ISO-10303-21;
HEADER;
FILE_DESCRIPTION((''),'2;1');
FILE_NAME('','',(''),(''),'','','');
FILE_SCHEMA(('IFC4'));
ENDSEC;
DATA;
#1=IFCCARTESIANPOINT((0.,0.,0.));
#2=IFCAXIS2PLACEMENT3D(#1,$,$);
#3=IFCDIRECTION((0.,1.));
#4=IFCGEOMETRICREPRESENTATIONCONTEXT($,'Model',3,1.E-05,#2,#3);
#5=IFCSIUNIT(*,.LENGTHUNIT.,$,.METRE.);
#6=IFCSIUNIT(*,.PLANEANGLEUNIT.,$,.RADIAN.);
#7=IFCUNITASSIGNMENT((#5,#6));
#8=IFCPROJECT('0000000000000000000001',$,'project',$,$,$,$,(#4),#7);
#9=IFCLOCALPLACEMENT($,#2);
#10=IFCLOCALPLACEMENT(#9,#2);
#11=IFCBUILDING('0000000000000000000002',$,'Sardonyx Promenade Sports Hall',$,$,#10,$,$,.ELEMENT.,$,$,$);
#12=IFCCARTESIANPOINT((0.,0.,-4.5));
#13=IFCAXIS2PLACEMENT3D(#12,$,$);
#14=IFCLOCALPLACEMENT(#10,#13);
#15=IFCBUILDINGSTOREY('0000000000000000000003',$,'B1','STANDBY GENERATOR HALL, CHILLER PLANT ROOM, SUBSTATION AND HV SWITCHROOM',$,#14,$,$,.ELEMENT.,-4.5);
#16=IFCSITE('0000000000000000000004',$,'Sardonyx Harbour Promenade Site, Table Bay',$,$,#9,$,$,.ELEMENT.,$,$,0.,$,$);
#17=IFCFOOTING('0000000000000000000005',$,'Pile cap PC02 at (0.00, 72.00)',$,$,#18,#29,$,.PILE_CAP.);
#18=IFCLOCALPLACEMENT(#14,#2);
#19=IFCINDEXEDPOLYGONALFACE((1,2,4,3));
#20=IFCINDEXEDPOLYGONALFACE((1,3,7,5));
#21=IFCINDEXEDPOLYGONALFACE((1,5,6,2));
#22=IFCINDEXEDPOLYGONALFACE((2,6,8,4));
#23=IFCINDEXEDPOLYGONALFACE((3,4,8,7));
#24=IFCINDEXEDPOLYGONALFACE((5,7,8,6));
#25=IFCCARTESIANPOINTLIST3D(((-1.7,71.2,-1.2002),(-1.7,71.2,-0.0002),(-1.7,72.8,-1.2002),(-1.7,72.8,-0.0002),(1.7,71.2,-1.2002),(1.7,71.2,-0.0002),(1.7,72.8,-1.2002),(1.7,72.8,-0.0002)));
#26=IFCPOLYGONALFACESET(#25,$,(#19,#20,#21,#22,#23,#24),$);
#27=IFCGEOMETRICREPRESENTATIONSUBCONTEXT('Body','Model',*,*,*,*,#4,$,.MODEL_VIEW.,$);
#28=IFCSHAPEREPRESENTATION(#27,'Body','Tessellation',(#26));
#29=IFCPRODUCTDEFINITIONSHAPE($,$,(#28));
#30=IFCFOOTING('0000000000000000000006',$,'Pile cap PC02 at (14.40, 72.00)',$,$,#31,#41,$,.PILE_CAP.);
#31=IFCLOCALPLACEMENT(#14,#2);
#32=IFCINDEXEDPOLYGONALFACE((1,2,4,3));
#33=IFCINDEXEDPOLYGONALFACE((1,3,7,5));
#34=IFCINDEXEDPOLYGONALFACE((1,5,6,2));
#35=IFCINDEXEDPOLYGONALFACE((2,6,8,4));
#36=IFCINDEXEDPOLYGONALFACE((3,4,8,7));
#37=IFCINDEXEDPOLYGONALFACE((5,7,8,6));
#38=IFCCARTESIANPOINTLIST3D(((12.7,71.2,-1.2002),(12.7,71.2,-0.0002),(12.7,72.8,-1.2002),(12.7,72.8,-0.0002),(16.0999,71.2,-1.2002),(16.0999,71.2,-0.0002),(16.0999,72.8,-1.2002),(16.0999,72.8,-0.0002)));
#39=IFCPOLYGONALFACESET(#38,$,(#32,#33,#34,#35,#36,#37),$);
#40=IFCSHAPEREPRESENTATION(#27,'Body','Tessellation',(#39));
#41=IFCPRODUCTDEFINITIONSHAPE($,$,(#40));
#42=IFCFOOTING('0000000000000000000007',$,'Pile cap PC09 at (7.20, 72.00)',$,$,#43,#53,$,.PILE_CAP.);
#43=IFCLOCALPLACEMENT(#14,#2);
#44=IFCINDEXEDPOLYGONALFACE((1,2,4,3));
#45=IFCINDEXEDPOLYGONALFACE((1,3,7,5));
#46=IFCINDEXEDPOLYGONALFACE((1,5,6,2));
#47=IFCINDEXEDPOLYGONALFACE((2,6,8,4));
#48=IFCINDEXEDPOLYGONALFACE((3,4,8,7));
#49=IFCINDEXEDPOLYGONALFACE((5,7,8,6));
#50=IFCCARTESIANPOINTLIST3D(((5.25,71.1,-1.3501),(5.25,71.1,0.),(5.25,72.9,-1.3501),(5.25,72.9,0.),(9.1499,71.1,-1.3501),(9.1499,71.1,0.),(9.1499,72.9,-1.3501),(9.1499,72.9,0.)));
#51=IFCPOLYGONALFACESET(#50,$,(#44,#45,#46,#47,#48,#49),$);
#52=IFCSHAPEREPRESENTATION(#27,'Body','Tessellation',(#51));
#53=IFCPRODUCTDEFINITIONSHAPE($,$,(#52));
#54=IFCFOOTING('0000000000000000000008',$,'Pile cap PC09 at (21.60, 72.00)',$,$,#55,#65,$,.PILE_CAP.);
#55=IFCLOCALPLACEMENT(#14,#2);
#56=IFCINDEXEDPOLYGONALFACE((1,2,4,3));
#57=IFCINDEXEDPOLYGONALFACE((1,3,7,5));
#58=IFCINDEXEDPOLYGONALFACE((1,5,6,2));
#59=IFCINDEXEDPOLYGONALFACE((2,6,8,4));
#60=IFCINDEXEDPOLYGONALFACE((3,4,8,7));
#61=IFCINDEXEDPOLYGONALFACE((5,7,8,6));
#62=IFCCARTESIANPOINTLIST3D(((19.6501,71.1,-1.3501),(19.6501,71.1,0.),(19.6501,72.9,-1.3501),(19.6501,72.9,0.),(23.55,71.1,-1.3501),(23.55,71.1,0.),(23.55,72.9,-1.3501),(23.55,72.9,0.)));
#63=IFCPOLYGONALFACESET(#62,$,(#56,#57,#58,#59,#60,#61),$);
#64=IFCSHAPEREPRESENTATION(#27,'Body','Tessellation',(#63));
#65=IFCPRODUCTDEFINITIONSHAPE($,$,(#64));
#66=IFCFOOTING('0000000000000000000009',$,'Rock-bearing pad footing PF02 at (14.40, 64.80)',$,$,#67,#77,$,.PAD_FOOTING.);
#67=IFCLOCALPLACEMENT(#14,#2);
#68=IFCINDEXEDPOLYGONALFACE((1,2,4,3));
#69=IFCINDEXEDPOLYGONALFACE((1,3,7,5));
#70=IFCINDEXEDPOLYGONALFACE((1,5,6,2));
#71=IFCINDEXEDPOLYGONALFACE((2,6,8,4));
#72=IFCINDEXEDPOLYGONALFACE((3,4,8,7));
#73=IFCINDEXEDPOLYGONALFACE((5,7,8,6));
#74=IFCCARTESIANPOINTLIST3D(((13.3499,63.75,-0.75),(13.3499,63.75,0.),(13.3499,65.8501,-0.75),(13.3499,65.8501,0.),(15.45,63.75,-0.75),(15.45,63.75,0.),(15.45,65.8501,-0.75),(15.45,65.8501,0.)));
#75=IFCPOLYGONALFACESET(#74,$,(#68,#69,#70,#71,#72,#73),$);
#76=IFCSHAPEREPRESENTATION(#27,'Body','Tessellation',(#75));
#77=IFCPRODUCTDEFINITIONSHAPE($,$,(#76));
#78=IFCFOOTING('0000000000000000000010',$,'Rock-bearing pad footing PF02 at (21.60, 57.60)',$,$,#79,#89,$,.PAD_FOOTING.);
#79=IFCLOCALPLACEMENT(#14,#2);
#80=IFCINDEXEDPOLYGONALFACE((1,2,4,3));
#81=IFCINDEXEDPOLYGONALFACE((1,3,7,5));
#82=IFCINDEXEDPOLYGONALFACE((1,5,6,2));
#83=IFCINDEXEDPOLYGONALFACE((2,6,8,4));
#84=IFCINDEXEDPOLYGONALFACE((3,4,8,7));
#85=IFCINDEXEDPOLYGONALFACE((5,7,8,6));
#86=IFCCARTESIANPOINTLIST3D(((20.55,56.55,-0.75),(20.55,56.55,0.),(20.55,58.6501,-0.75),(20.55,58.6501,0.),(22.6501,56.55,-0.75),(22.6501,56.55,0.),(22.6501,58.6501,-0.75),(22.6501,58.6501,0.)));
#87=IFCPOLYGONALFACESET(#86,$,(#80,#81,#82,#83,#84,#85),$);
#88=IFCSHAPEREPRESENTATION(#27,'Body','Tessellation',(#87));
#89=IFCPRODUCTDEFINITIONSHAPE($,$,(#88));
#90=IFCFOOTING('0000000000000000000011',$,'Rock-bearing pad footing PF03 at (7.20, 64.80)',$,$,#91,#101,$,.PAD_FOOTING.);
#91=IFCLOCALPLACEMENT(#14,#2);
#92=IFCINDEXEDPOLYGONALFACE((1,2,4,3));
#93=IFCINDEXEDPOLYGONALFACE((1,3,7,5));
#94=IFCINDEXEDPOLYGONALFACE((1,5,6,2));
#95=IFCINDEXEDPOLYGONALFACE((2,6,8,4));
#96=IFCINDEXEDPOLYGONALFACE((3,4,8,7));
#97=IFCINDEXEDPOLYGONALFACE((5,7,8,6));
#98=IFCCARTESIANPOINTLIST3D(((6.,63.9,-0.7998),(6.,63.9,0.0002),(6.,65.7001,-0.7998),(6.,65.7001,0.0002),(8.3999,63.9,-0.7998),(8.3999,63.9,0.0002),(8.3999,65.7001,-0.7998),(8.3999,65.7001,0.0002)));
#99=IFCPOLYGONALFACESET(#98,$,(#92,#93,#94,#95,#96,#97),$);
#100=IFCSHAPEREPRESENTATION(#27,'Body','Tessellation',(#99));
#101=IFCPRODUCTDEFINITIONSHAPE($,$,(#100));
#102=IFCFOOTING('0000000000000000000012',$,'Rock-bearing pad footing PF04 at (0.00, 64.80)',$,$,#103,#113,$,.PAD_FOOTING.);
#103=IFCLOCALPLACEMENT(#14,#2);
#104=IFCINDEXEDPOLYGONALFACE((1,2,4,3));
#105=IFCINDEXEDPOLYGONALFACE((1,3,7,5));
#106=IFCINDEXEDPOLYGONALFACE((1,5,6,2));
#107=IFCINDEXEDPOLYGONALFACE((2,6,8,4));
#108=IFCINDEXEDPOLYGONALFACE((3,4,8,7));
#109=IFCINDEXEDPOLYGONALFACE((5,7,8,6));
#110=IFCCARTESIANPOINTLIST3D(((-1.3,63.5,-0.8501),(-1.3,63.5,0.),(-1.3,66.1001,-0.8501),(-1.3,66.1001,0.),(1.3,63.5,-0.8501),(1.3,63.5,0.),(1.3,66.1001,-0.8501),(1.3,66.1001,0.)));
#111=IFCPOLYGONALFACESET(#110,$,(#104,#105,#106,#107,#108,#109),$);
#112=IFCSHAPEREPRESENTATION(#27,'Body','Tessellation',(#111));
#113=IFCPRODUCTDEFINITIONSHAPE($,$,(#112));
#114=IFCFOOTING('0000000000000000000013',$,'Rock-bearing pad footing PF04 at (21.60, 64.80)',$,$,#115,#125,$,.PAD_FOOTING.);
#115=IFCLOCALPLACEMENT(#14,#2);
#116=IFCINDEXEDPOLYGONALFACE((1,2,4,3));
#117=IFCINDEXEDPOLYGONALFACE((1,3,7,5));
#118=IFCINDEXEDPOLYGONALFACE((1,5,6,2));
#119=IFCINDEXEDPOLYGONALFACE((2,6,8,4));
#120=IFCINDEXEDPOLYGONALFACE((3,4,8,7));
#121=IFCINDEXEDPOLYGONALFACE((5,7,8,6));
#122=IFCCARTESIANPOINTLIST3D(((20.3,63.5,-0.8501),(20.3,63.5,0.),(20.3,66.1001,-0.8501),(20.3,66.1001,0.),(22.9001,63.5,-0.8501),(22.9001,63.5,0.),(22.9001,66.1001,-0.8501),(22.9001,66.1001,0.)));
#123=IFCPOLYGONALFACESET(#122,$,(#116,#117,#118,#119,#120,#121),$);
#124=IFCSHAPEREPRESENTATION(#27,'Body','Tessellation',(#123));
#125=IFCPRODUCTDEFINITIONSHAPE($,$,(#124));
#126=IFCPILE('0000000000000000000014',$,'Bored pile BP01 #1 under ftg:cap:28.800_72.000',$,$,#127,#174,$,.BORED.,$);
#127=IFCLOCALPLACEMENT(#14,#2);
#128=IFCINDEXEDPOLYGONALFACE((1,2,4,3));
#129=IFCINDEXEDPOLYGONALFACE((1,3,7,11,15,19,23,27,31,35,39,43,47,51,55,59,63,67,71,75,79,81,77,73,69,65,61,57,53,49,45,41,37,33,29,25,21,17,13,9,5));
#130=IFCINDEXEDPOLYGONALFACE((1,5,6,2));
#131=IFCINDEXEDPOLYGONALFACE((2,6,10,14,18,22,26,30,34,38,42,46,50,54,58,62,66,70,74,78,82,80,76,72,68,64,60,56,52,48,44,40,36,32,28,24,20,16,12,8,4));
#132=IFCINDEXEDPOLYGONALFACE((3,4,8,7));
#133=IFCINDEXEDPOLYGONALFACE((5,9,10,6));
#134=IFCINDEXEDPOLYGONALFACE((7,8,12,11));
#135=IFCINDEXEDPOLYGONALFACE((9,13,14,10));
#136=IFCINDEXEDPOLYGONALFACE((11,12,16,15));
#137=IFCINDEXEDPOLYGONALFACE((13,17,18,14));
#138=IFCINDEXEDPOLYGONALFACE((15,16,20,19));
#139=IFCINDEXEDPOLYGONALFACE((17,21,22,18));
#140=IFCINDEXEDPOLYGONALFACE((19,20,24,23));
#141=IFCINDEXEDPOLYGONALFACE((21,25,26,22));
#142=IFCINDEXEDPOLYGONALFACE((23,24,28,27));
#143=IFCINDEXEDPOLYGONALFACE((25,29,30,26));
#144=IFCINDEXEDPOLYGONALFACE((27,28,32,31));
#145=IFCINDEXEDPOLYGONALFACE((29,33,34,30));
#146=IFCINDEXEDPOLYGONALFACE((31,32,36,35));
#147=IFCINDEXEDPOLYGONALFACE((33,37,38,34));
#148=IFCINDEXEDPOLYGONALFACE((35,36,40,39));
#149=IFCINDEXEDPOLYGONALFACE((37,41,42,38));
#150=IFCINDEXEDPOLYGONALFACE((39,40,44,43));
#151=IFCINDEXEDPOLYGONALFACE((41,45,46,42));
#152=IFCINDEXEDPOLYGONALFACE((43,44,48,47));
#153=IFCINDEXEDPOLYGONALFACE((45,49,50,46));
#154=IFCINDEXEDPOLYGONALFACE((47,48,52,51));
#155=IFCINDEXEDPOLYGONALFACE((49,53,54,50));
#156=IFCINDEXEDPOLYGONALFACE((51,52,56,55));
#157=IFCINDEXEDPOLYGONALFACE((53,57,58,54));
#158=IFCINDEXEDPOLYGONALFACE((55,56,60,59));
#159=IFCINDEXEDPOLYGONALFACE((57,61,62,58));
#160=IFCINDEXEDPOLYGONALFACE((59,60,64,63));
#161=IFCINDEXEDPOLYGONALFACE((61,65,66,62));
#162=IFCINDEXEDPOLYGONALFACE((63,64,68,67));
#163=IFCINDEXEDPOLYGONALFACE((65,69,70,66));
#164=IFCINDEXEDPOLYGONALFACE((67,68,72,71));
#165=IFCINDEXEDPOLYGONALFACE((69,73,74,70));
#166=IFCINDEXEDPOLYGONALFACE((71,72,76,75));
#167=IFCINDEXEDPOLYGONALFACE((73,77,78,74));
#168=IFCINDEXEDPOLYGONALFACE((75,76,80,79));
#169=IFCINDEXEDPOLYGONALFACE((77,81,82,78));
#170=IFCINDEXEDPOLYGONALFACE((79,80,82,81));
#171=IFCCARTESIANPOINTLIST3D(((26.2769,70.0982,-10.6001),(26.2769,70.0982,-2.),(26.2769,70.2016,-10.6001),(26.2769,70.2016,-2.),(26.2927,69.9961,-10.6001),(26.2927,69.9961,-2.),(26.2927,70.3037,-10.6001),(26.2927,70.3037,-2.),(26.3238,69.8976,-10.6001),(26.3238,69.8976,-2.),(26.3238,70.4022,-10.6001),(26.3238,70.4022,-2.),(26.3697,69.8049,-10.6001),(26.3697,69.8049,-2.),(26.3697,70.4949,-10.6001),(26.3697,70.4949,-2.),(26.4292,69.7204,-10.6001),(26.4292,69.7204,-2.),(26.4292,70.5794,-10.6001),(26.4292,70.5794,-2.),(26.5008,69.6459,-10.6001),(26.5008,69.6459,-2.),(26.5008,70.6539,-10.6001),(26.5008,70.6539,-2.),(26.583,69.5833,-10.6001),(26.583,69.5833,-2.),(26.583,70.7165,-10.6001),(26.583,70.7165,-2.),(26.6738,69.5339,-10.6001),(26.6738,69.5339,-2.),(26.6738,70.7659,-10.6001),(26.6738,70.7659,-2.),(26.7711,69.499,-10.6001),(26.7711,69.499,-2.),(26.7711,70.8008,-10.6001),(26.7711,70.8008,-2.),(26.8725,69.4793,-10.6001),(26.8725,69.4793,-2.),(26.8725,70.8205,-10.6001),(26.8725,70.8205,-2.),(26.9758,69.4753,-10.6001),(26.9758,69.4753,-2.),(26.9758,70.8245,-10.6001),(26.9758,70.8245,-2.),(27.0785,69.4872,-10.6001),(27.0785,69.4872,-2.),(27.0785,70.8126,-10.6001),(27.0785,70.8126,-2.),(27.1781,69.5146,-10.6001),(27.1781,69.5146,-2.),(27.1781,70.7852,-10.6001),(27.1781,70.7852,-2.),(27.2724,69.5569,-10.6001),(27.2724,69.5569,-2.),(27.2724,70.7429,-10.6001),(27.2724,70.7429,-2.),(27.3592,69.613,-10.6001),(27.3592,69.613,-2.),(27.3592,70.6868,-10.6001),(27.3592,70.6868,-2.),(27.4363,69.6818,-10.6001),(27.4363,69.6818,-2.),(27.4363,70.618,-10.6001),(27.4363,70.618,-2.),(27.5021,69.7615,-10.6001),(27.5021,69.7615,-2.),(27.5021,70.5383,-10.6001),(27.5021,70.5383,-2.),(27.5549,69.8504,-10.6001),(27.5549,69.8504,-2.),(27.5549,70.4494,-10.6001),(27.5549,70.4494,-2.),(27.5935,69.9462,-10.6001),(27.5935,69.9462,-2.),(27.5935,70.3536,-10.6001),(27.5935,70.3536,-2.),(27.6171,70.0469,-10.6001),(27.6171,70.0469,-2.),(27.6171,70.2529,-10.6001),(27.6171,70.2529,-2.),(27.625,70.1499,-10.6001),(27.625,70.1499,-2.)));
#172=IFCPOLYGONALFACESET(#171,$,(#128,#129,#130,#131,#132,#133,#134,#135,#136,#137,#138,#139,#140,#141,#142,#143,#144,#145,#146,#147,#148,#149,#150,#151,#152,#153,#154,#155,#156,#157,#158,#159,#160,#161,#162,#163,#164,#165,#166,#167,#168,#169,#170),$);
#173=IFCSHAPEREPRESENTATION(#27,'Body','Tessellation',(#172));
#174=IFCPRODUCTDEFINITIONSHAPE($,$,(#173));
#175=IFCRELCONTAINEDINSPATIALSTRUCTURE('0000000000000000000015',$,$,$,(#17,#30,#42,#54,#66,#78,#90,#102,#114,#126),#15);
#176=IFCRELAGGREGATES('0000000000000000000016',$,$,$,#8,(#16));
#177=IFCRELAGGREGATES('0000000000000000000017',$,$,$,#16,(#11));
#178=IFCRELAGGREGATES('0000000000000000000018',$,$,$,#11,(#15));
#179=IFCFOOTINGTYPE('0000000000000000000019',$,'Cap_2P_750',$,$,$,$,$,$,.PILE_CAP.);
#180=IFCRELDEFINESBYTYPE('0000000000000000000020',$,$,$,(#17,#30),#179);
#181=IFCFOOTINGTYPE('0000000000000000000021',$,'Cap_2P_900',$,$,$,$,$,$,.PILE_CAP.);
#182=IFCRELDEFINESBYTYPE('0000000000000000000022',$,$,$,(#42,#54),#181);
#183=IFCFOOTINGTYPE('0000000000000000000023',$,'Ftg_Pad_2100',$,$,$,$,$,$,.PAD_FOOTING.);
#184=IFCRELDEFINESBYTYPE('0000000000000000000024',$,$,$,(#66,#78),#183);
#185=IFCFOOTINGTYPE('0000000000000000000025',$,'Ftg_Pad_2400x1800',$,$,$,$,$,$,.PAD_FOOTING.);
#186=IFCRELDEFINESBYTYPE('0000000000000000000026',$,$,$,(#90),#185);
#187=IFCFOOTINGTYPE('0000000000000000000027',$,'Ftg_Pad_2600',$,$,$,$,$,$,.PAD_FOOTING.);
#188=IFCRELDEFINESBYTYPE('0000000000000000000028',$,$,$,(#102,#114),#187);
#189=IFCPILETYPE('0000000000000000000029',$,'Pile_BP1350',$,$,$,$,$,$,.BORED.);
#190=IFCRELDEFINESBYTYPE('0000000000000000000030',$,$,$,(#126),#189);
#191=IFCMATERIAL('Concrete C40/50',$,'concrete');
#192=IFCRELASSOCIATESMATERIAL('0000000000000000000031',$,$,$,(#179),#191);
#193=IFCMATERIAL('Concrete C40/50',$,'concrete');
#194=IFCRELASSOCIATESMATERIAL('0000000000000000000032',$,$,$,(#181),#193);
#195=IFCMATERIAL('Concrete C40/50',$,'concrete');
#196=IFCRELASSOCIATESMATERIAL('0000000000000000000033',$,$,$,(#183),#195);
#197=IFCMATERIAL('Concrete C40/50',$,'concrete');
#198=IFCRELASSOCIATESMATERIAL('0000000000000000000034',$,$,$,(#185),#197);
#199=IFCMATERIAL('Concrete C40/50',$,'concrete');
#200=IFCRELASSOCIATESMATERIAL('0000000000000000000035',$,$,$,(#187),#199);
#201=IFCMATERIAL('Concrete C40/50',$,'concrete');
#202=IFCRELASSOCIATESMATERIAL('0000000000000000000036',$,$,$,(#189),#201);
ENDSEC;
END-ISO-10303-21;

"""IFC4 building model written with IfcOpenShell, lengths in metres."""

from ifc_helpers import new_model, si_unit, direction, frame, origin, origin_2d, place, context, subcontext, project, spatial, rectangle, circle, extrude, material, material_profile, profile_set, type_object, element, save


model = new_model("IFC4")

# Units and contexts
model_context = context("Model", 3, precision=1e-05, world=origin(), true_north=direction((0.0, 1.0)))
body_context = subcontext(model_context, "Body", "Model", "MODEL_VIEW")
ifc_project = project(units=[si_unit("LENGTHUNIT", "METRE"), si_unit("PLANEANGLEUNIT", "RADIAN")], contexts=[model_context])

# Site, building, storey
site_placement = place(None, origin())
site = spatial("IfcSite", under=ifc_project, at=site_placement, Name="Sardonyx Harbour Promenade Site, Table Bay", CompositionType="ELEMENT", RefElevation=0.0)
building_placement = place(site_placement, origin())
building = spatial("IfcBuilding", under=site, at=building_placement, Name="Sardonyx Promenade Sports Hall", CompositionType="ELEMENT")
storey_placement = place(building_placement, frame((0.0, 0.0, -4.5)))
storey = spatial("IfcBuildingStorey", under=building, at=storey_placement, Name="B1", Description="STANDBY GENERATOR HALL, CHILLER PLANT ROOM, SUBSTATION AND HV SWITCHROOM", CompositionType="ELEMENT", Elevation=-4.5)

# Footings
ifc_material_1 = material(Name="Concrete C40/50", Category="concrete")
footing_type_1 = type_object("IfcFootingType", Name="Cap_2P_750", PredefinedType="PILE_CAP", material=ifc_material_1)
for number, where, z_axis, x_axis, name in (
    (1, (0.0, 72.0, -1.2002), (0.0, 0.0, 1.0), (1.0, 0.0, 0.0), "Pile cap PC02 at (0.00, 72.00)"),
    (2, (14.3999, 72.0, -1.2002), (0.0, 0.0, 1.0), (1.0, 0.0, 0.0), "Pile cap PC02 at (14.40, 72.00)"),
):
    element("IfcFooting", number, at=place(storey_placement, frame(where, z_axis=z_axis, x_axis=x_axis)), inside=storey, type_object=footing_type_1, Name=name, PredefinedType="PILE_CAP", context=body_context, shape_type="SweptSolid", body=[
        extrude(rectangle(XDim=3.3999, YDim=1.6001, at=origin_2d()), origin(), (0.0, 0.0, 1.0), 1.2),
    ])
ifc_material_2 = material(Name="Concrete C40/50", Category="concrete")
footing_type_2 = type_object("IfcFootingType", Name="Cap_2P_900", PredefinedType="PILE_CAP", material=ifc_material_2)
for number, where, z_axis, x_axis, name in (
    (3, (7.2, 72.0, -1.3501), (0.0, 0.0, 1.0), (1.0, 0.0, 0.0), "Pile cap PC09 at (7.20, 72.00)"),
    (4, (21.6001, 72.0, -1.3501), (0.0, 0.0, 1.0), (1.0, 0.0, 0.0), "Pile cap PC09 at (21.60, 72.00)"),
):
    element("IfcFooting", number, at=place(storey_placement, frame(where, z_axis=z_axis, x_axis=x_axis)), inside=storey, type_object=footing_type_2, Name=name, PredefinedType="PILE_CAP", context=body_context, shape_type="SweptSolid", body=[
        extrude(rectangle(XDim=3.8999, YDim=1.8, at=origin_2d()), origin(), (0.0, 0.0, 1.0), 1.3501),
    ])
ifc_material_3 = material(Name="Concrete C40/50", Category="concrete")
footing_type_3 = type_object("IfcFootingType", Name="Ftg_Pad_2100", PredefinedType="PAD_FOOTING", material=ifc_material_3)
for number, where, z_axis, x_axis, name in (
    (5, (14.3999, 64.8, -0.75), (0.0, 0.0, 1.0), (1.0, 0.0, 0.0), "Rock-bearing pad footing PF02 at (14.40, 64.80)"),
    (6, (21.6001, 57.6001, -0.75), (0.0, 0.0, 1.0), (1.0, 0.0, 0.0), "Rock-bearing pad footing PF02 at (21.60, 57.60)"),
):
    element("IfcFooting", number, at=place(storey_placement, frame(where, z_axis=z_axis, x_axis=x_axis)), inside=storey, type_object=footing_type_3, Name=name, PredefinedType="PAD_FOOTING", context=body_context, shape_type="SweptSolid", body=[
        extrude(rectangle(XDim=2.1001, YDim=2.1001, at=origin_2d()), origin(), (0.0, 0.0, 1.0), 0.75),
    ])
ifc_material_4 = material(Name="Concrete C40/50", Category="concrete")
footing_type_4 = type_object("IfcFootingType", Name="Ftg_Pad_2400x1800", PredefinedType="PAD_FOOTING", material=ifc_material_4)
footing_placement = place(storey_placement, frame((7.2, 64.8, -0.7998), z_axis=(0.0, 0.0, 1.0), x_axis=(1.0, 0.0, 0.0)))
element("IfcFooting", 7, at=footing_placement, inside=storey, type_object=footing_type_4, Name="Rock-bearing pad footing PF03 at (7.20, 64.80)", PredefinedType="PAD_FOOTING", context=body_context, shape_type="SweptSolid", body=[
    extrude(rectangle(XDim=2.3999, YDim=1.8, at=origin_2d()), origin(), (0.0, 0.0, 1.0), 0.8),
])
ifc_material_5 = material(Name="Concrete C40/50", Category="concrete")
footing_type_5 = type_object("IfcFootingType", Name="Ftg_Pad_2600", PredefinedType="PAD_FOOTING", material=ifc_material_5)
for number, where, z_axis, x_axis, name in (
    (8, (0.0, 64.8, -0.8501), (0.0, 0.0, 1.0), (1.0, 0.0, 0.0), "Rock-bearing pad footing PF04 at (0.00, 64.80)"),
    (9, (21.6001, 64.8, -0.8501), (0.0, 0.0, 1.0), (1.0, 0.0, 0.0), "Rock-bearing pad footing PF04 at (21.60, 64.80)"),
):
    element("IfcFooting", number, at=place(storey_placement, frame(where, z_axis=z_axis, x_axis=x_axis)), inside=storey, type_object=footing_type_5, Name=name, PredefinedType="PAD_FOOTING", context=body_context, shape_type="SweptSolid", body=[
        extrude(rectangle(XDim=2.6001, YDim=2.6001, at=origin_2d()), origin(), (0.0, 0.0, 1.0), 0.8501),
    ])

# Pile
ifc_material_6 = material(Name="Concrete C40/50", Category="concrete")
ifc_material_profile_1 = material_profile(ifc_material_6, circle(Radius=0.675, at=origin_2d()))
ifc_profile_set_1 = profile_set([ifc_material_profile_1], Name="Concrete C40/50")
pile_type_1 = type_object("IfcPileType", Name="Pile_BP1350", PredefinedType="BORED", material=ifc_profile_set_1)
pile_placement = place(storey_placement, frame((26.95, 70.1499, -2.0), z_axis=(0.0, 0.0, -1.0), x_axis=(1.0, 0.0, 0.0)))
element("IfcPile", 10, at=pile_placement, inside=storey, type_object=pile_type_1, Name="Bored pile BP01 #1 under ftg:cap:28.800_72.000", PredefinedType="BORED", context=body_context, shape_type="SweptSolid", body=[
    extrude(circle(Radius=0.675, at=origin_2d()), origin(), (0.0, 0.0, 1.0), 8.6001),
])

save(model, "model.ifc")
